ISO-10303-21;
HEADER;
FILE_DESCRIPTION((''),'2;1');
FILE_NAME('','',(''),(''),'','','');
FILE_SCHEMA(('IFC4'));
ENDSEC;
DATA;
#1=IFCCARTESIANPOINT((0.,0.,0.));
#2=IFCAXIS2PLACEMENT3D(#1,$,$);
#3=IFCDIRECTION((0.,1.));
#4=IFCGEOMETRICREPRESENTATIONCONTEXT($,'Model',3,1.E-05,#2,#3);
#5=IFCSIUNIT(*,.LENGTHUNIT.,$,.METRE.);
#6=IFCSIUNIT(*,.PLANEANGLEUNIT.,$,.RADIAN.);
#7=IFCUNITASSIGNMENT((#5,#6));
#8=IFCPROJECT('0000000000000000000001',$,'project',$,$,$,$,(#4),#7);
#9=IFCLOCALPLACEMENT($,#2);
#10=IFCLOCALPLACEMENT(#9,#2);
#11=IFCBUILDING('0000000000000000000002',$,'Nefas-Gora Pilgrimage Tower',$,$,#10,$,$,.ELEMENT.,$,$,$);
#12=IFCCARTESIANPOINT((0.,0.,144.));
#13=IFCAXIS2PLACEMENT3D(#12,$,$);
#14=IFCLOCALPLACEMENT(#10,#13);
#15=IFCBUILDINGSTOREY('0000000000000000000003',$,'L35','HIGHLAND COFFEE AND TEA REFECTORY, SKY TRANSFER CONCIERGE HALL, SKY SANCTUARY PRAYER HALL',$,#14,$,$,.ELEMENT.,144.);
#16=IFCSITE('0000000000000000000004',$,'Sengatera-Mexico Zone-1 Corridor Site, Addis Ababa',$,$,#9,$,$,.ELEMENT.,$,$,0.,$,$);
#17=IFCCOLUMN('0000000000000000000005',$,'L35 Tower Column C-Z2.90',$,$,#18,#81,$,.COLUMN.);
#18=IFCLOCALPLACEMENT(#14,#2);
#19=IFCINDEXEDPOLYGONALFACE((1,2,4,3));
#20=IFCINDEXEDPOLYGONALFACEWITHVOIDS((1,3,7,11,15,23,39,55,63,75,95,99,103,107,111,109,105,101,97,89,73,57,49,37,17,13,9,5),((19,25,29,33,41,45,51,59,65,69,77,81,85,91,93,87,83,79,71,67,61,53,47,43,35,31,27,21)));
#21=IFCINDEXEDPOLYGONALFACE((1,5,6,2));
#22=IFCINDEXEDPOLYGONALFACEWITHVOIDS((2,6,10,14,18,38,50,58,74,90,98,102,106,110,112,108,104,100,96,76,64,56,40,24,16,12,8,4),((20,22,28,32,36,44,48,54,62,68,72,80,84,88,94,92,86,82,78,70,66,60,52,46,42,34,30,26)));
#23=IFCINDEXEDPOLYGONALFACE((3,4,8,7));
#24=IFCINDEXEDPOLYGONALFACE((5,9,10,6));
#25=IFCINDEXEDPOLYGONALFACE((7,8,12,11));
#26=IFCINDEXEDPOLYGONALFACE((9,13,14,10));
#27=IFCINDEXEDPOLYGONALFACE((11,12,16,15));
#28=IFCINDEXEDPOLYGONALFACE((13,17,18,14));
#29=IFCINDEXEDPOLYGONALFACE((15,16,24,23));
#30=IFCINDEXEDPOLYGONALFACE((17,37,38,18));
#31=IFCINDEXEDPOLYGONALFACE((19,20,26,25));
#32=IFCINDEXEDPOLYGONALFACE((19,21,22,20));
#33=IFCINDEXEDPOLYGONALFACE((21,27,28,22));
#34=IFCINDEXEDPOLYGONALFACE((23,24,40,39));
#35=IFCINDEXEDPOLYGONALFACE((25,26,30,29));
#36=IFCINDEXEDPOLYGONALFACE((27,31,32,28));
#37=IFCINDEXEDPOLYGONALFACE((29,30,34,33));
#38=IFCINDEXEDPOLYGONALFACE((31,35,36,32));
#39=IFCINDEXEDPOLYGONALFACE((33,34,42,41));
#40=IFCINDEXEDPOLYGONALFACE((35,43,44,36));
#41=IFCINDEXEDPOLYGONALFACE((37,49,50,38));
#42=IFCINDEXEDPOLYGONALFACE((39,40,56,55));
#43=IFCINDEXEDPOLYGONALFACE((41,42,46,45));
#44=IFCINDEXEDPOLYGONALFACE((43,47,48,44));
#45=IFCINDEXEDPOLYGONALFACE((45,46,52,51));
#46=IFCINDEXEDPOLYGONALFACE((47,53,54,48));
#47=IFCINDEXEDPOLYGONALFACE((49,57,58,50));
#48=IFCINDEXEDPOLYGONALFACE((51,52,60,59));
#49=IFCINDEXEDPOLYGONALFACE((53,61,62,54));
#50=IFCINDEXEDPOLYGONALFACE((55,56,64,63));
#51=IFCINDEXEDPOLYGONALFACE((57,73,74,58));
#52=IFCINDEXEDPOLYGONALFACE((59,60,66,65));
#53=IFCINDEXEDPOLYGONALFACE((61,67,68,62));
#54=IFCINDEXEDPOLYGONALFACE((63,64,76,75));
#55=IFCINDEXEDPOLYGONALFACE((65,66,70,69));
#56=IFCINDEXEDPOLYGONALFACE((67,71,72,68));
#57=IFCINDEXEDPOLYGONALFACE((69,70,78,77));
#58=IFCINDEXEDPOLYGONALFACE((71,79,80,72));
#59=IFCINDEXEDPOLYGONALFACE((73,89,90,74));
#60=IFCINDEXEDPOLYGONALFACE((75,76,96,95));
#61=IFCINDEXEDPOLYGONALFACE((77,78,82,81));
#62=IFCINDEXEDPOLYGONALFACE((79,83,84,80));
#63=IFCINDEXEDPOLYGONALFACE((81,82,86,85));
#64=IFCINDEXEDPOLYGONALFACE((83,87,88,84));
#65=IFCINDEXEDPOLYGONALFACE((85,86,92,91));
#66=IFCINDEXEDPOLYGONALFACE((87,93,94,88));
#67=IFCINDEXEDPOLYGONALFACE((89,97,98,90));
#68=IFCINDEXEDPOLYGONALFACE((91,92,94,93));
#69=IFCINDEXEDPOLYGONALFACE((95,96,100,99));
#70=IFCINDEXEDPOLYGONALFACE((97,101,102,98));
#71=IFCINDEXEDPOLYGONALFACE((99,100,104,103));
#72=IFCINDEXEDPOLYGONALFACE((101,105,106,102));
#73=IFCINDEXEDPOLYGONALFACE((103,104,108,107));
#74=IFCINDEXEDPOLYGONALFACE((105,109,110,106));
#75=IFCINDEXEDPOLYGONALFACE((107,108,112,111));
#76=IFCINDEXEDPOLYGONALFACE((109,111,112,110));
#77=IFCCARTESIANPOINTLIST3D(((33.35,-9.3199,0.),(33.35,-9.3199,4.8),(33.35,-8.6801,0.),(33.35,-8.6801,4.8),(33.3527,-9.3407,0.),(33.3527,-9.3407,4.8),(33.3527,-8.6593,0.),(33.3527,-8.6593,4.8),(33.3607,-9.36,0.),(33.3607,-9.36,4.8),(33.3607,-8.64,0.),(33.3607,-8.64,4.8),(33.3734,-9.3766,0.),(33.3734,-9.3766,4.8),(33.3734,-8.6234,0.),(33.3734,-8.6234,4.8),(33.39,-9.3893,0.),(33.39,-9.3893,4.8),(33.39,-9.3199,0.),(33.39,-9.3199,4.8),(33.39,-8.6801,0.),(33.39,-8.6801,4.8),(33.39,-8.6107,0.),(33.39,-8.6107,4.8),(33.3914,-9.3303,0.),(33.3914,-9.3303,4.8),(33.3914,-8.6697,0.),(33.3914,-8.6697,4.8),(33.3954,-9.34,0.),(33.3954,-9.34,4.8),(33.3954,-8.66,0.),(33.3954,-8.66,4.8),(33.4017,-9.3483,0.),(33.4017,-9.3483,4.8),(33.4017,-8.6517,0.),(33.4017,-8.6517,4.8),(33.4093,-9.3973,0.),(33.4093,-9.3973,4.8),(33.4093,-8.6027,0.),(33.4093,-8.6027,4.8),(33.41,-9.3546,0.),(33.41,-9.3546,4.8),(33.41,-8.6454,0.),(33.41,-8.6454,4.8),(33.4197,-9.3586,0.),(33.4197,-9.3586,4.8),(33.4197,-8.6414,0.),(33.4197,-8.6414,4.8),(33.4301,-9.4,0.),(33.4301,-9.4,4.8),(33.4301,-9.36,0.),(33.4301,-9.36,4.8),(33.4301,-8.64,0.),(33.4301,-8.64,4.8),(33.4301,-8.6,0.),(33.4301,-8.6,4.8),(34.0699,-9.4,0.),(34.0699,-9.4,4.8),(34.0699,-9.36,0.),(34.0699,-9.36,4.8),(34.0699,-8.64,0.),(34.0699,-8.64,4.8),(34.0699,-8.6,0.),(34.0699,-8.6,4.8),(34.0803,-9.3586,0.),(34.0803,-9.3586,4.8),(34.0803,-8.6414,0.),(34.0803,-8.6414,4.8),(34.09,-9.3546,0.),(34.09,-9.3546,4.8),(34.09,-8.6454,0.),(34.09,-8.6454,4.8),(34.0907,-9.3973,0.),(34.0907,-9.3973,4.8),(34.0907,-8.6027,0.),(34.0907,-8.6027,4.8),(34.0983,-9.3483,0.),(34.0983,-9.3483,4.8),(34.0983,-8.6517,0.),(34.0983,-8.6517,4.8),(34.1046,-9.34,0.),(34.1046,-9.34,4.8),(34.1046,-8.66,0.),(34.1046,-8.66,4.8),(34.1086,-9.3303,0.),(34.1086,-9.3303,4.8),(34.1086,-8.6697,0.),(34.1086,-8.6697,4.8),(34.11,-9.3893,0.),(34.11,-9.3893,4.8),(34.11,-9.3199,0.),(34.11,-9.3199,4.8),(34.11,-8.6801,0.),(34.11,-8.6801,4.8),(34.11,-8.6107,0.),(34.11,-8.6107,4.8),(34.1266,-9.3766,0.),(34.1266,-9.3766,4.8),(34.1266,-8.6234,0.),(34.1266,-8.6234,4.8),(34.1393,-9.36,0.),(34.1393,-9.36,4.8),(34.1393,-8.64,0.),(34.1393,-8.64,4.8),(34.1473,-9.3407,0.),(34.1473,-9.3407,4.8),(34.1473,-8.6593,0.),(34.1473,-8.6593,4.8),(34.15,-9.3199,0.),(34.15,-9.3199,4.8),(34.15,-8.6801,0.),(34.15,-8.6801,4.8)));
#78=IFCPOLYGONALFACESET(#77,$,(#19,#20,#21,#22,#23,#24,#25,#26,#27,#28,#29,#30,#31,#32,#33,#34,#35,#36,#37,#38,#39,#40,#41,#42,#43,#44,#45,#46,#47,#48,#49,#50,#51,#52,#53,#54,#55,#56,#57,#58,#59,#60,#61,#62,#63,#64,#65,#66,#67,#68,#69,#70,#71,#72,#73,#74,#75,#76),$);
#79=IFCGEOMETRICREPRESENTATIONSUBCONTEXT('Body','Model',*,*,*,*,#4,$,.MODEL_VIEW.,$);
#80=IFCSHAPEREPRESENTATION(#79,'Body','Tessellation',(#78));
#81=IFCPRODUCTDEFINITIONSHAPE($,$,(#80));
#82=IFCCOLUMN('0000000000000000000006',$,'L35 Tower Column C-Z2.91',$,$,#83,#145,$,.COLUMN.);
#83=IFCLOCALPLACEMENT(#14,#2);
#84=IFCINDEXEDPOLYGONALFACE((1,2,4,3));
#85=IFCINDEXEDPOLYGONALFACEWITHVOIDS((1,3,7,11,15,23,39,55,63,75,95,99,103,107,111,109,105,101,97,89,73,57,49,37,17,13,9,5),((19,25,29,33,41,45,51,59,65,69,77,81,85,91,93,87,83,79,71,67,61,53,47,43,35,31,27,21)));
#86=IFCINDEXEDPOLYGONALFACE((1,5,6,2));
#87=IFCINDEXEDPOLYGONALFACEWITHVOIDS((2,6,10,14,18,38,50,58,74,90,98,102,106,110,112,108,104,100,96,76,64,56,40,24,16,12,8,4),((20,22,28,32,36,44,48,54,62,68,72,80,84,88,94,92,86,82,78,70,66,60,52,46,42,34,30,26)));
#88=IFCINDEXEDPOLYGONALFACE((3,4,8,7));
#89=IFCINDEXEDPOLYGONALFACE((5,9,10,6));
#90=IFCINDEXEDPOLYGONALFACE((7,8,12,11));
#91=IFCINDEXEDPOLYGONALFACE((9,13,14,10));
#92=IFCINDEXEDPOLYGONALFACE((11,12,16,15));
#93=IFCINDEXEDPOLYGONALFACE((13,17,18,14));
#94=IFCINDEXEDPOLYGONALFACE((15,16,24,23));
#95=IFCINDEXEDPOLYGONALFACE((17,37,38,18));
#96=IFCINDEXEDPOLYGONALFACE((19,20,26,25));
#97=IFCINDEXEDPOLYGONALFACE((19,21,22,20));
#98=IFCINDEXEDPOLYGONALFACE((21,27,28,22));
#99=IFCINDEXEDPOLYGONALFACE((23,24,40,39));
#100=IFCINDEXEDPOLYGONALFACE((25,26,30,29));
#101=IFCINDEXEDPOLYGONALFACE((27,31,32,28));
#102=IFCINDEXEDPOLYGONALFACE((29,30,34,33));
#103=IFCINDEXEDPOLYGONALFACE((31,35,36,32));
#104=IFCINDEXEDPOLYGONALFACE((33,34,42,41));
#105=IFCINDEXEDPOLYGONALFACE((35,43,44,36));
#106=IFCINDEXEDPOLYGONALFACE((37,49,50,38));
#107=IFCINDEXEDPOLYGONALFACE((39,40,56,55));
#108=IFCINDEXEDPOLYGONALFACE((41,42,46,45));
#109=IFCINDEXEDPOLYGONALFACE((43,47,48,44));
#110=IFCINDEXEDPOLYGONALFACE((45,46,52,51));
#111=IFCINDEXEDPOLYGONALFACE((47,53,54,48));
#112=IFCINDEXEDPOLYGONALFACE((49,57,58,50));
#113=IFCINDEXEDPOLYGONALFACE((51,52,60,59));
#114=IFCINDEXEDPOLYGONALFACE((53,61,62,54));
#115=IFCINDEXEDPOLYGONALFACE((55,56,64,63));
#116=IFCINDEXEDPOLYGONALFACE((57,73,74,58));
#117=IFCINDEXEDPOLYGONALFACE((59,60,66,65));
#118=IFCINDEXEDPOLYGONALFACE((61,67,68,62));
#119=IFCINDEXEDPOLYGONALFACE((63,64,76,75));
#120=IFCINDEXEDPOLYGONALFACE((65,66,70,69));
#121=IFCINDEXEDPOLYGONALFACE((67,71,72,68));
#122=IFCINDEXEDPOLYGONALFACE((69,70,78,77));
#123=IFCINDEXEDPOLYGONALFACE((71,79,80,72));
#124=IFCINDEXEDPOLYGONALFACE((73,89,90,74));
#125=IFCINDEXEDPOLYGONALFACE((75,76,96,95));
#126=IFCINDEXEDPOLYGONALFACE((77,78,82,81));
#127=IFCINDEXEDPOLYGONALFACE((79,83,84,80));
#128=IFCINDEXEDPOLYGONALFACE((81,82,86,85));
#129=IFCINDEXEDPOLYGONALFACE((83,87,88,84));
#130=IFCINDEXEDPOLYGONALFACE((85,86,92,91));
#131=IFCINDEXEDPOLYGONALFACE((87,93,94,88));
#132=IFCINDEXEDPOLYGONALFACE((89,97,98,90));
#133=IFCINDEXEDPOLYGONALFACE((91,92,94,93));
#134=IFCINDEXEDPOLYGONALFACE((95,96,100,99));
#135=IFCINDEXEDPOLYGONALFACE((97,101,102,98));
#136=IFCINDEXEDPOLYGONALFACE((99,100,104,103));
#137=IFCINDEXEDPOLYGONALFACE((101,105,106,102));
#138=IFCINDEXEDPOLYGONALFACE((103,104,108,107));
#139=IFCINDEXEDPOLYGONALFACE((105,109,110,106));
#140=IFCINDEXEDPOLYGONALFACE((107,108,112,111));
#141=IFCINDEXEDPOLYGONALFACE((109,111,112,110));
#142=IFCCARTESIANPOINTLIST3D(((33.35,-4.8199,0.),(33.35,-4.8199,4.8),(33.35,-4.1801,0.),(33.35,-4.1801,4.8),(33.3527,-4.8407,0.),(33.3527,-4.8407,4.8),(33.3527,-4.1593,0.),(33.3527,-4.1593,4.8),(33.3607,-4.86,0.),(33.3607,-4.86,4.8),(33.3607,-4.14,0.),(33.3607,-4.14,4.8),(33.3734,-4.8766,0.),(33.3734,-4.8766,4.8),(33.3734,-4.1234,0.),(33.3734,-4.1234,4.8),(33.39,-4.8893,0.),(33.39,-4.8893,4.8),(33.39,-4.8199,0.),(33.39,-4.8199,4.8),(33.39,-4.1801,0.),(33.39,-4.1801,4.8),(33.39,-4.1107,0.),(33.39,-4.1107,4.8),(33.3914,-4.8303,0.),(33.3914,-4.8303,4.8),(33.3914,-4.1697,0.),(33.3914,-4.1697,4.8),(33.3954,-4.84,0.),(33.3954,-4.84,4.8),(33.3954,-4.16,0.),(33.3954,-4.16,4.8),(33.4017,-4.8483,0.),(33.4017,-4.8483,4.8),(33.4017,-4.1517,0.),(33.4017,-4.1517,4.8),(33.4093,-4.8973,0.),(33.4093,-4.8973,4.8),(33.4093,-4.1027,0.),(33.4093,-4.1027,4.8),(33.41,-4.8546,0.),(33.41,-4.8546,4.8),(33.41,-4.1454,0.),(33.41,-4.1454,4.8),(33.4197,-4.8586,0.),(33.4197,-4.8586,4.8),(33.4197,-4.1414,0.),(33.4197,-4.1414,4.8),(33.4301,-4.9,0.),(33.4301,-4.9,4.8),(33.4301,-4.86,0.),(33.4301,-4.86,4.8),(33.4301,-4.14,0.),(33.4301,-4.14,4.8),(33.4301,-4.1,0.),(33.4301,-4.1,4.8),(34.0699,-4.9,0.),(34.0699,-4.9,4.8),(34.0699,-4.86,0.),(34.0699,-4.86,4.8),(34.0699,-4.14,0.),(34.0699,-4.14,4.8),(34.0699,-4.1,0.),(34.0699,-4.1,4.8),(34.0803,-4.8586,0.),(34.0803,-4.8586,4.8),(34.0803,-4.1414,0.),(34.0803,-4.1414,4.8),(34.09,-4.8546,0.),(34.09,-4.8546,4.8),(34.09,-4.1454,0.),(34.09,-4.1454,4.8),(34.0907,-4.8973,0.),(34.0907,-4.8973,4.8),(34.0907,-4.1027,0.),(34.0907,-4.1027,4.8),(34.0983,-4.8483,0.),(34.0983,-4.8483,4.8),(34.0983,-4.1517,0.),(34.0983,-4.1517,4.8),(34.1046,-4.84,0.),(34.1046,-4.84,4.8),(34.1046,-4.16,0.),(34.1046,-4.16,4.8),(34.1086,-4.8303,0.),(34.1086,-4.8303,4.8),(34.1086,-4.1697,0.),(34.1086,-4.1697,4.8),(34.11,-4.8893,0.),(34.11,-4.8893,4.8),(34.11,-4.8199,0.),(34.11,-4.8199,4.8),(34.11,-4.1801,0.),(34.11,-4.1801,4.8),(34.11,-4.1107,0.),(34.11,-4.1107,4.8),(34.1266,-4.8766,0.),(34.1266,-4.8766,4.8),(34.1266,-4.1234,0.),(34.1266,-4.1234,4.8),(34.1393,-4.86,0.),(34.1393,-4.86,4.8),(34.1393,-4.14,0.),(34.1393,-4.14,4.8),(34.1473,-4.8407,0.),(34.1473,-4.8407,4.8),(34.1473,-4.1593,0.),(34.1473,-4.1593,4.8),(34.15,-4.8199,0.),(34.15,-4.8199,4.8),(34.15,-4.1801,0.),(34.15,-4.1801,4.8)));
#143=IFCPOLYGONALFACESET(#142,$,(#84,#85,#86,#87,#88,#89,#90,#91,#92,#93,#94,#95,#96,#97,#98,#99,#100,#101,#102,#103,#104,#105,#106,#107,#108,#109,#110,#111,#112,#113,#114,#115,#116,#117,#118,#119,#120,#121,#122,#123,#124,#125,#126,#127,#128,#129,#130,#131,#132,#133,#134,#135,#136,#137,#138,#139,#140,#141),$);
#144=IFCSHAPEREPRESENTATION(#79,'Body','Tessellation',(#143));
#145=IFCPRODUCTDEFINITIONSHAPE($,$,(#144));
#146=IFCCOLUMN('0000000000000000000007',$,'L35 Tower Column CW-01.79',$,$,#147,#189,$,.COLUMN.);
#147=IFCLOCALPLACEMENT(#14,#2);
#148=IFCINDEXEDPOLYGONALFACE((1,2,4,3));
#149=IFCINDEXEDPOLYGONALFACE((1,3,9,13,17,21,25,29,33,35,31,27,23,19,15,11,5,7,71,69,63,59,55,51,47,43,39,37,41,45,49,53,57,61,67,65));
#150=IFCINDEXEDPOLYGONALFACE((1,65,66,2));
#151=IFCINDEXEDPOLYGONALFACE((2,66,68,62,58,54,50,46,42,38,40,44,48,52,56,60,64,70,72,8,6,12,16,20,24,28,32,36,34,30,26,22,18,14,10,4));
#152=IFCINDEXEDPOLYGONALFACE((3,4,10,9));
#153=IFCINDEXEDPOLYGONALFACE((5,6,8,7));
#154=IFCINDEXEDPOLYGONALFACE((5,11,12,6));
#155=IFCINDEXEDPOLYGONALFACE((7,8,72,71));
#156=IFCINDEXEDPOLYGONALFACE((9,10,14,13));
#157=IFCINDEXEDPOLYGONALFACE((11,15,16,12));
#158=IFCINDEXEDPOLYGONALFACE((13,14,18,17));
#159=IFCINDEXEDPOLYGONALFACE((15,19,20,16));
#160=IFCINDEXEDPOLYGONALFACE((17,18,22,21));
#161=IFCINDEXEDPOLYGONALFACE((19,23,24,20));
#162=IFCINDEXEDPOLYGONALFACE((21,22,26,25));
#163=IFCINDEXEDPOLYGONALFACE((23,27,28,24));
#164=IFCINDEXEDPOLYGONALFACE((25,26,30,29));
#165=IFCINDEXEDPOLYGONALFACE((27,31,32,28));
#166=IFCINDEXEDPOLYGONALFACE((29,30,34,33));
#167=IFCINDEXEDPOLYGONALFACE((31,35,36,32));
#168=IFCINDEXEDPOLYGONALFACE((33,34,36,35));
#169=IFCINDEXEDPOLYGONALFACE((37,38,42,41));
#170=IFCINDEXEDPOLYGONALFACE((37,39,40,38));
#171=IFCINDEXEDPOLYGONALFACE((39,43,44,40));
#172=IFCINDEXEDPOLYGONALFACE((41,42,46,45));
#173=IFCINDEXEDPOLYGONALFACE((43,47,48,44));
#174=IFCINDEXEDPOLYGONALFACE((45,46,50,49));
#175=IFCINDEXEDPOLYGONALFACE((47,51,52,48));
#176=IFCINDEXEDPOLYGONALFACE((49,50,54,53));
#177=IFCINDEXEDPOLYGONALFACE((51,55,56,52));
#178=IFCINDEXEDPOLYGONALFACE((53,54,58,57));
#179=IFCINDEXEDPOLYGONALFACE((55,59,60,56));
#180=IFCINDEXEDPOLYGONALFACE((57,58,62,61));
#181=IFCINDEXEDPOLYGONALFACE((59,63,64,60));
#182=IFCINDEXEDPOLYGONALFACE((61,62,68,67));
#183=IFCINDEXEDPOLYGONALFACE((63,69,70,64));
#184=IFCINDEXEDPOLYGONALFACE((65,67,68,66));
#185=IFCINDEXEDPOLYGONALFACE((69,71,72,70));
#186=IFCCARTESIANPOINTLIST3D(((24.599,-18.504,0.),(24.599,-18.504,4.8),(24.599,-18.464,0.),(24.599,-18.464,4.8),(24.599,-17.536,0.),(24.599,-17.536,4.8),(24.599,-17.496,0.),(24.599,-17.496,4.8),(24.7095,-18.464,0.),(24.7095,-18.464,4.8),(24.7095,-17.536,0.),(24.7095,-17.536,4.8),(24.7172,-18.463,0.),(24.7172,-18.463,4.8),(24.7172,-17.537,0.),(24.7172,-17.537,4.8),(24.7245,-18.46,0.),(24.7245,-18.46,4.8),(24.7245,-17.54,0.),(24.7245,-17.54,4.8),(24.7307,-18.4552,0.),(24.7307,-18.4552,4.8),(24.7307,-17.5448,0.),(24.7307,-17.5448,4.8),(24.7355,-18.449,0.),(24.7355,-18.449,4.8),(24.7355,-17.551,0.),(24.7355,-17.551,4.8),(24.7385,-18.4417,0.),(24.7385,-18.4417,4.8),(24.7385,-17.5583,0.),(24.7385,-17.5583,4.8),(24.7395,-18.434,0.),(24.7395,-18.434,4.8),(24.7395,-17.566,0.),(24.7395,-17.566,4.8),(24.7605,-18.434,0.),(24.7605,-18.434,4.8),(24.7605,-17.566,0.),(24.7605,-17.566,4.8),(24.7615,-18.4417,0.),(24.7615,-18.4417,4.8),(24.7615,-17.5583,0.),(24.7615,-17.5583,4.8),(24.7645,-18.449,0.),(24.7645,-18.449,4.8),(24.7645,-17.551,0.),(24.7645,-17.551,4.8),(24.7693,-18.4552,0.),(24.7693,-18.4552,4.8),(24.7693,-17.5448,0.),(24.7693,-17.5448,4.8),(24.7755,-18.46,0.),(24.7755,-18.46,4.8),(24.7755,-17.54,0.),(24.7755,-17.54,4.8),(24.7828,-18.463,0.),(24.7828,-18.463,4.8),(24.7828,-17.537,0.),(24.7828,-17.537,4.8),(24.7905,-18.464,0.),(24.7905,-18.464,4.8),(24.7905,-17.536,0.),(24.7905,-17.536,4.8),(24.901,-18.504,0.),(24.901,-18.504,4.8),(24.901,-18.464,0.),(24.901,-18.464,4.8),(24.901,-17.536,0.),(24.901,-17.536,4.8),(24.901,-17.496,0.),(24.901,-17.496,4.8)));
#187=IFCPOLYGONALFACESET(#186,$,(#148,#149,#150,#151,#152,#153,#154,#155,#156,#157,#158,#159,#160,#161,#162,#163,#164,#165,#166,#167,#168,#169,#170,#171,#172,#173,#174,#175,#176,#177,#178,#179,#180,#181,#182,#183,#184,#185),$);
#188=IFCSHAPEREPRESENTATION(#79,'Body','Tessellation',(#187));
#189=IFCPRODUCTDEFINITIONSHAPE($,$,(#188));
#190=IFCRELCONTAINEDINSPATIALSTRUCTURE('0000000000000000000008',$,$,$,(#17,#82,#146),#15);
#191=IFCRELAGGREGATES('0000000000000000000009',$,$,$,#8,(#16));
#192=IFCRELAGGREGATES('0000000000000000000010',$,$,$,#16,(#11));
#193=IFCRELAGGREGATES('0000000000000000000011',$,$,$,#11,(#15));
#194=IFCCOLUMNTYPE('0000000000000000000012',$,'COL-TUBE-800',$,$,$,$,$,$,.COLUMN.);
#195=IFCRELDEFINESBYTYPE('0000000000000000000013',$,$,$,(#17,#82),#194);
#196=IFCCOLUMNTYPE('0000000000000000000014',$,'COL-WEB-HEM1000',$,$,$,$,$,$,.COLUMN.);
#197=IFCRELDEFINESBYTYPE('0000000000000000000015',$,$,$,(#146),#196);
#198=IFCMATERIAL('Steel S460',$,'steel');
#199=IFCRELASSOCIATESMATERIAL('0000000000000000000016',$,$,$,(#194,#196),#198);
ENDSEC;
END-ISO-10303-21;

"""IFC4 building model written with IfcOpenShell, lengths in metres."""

from ifc_helpers import new_model, si_unit, direction, frame, origin, origin_2d, place, context, subcontext, project, spatial, hollow_rectangle, i_section, extrude, source, transform, mapped, material, material_profile, profile_set, type_object, element, save


model = new_model("IFC4")

# Units and contexts
model_context = context("Model", 3, precision=1e-05, world=origin(), true_north=direction((0.0, 1.0)))
body_context = subcontext(model_context, "Body", "Model", "MODEL_VIEW")
ifc_project = project(units=[si_unit("LENGTHUNIT", "METRE"), si_unit("PLANEANGLEUNIT", "RADIAN")], contexts=[model_context])

# Site, building, storey
site_placement = place(None, origin())
site = spatial("IfcSite", under=ifc_project, at=site_placement, Name="Sengatera-Mexico Zone-1 Corridor Site, Addis Ababa", CompositionType="ELEMENT", RefElevation=0.0)
building_placement = place(site_placement, origin())
building = spatial("IfcBuilding", under=site, at=building_placement, Name="Nefas-Gora Pilgrimage Tower", CompositionType="ELEMENT")
storey_placement = place(building_placement, frame((0.0, 0.0, 144.0)))
storey = spatial("IfcBuildingStorey", under=building, at=storey_placement, Name="L35", Description="HIGHLAND COFFEE AND TEA REFECTORY, SKY TRANSFER CONCIERGE HALL, SKY SANCTUARY PRAYER HALL", CompositionType="ELEMENT", Elevation=144.0)

# Columns
ifc_material_1 = material(Name="Steel S460", Category="steel")
ifc_material_profile_1 = material_profile(ifc_material_1, hollow_rectangle(XDim=0.8, YDim=0.8, WallThickness=0.04, InnerFilletRadius=0.04, OuterFilletRadius=0.0801, at=origin_2d()), Name="BOX 800x800x40")
ifc_profile_set_1 = profile_set([ifc_material_profile_1], Name="Steel S460")
column_type_1 = type_object("IfcColumnType", Name="COL-TUBE-800", PredefinedType="COLUMN", material=ifc_profile_set_1)
shared_shape_1 = source(origin(), body_context, "Body", "SweptSolid", [
    extrude(hollow_rectangle(XDim=0.8, YDim=0.8, WallThickness=0.04, InnerFilletRadius=0.04, OuterFilletRadius=0.0801, at=origin_2d()), origin(), (0.0, 0.0, 1.0), 4.8),
])
for number, where, z_axis, x_axis, name in (
    (1, (33.75, -9.0, 0.0), (0.0, 0.0, 1.0), (1.0, 0.0, 0.0), "L35 Tower Column C-Z2.90"),
    (2, (33.75, -4.5, 0.0), (0.0, 0.0, 1.0), (1.0, 0.0, 0.0), "L35 Tower Column C-Z2.91"),
):
    element("IfcColumn", number, at=place(storey_placement, frame(where, z_axis=z_axis, x_axis=x_axis)), inside=storey, type_object=column_type_1, Name=name, PredefinedType="COLUMN", context=body_context, shape_type="MappedRepresentation", body=[
        mapped(shared_shape_1, transform((0.0, 0.0, 0.0), x_axis=(1.0, 0.0, 0.0), y_axis=(0.0, 1.0, 0.0), z_axis=(0.0, 0.0, 1.0), scale=1.0)),
    ])
ifc_material_profile_2 = material_profile(ifc_material_1, i_section(OverallWidth=0.302, OverallDepth=1.0081, WebThickness=0.021, FlangeThickness=0.04, FilletRadius=0.03, at=origin_2d()), Name="HEM 1000")
ifc_profile_set_2 = profile_set([ifc_material_profile_2], Name="Steel S460")
column_type_2 = type_object("IfcColumnType", Name="COL-WEB-HEM1000", PredefinedType="COLUMN", material=ifc_profile_set_2)
shared_shape_2 = source(origin(), body_context, "Body", "SweptSolid", [
    extrude(i_section(OverallWidth=0.302, OverallDepth=1.0081, WebThickness=0.021, FlangeThickness=0.04, FilletRadius=0.03, at=origin_2d()), origin(), (0.0, 0.0, 1.0), 4.8),
])
for number, where, z_axis, x_axis, name in (
    (3, (24.75, -18.0, 0.0), (0.0, 0.0, 1.0), (1.0, 0.0, 0.0), "L35 Tower Column CW-01.79"),
):
    element("IfcColumn", number, at=place(storey_placement, frame(where, z_axis=z_axis, x_axis=x_axis)), inside=storey, type_object=column_type_2, Name=name, PredefinedType="COLUMN", context=body_context, shape_type="MappedRepresentation", body=[
        mapped(shared_shape_2, transform((0.0, 0.0, 0.0), x_axis=(1.0, 0.0, 0.0), y_axis=(0.0, 1.0, 0.0), z_axis=(0.0, 0.0, 1.0), scale=1.0)),
    ])

save(model, "model.ifc")
